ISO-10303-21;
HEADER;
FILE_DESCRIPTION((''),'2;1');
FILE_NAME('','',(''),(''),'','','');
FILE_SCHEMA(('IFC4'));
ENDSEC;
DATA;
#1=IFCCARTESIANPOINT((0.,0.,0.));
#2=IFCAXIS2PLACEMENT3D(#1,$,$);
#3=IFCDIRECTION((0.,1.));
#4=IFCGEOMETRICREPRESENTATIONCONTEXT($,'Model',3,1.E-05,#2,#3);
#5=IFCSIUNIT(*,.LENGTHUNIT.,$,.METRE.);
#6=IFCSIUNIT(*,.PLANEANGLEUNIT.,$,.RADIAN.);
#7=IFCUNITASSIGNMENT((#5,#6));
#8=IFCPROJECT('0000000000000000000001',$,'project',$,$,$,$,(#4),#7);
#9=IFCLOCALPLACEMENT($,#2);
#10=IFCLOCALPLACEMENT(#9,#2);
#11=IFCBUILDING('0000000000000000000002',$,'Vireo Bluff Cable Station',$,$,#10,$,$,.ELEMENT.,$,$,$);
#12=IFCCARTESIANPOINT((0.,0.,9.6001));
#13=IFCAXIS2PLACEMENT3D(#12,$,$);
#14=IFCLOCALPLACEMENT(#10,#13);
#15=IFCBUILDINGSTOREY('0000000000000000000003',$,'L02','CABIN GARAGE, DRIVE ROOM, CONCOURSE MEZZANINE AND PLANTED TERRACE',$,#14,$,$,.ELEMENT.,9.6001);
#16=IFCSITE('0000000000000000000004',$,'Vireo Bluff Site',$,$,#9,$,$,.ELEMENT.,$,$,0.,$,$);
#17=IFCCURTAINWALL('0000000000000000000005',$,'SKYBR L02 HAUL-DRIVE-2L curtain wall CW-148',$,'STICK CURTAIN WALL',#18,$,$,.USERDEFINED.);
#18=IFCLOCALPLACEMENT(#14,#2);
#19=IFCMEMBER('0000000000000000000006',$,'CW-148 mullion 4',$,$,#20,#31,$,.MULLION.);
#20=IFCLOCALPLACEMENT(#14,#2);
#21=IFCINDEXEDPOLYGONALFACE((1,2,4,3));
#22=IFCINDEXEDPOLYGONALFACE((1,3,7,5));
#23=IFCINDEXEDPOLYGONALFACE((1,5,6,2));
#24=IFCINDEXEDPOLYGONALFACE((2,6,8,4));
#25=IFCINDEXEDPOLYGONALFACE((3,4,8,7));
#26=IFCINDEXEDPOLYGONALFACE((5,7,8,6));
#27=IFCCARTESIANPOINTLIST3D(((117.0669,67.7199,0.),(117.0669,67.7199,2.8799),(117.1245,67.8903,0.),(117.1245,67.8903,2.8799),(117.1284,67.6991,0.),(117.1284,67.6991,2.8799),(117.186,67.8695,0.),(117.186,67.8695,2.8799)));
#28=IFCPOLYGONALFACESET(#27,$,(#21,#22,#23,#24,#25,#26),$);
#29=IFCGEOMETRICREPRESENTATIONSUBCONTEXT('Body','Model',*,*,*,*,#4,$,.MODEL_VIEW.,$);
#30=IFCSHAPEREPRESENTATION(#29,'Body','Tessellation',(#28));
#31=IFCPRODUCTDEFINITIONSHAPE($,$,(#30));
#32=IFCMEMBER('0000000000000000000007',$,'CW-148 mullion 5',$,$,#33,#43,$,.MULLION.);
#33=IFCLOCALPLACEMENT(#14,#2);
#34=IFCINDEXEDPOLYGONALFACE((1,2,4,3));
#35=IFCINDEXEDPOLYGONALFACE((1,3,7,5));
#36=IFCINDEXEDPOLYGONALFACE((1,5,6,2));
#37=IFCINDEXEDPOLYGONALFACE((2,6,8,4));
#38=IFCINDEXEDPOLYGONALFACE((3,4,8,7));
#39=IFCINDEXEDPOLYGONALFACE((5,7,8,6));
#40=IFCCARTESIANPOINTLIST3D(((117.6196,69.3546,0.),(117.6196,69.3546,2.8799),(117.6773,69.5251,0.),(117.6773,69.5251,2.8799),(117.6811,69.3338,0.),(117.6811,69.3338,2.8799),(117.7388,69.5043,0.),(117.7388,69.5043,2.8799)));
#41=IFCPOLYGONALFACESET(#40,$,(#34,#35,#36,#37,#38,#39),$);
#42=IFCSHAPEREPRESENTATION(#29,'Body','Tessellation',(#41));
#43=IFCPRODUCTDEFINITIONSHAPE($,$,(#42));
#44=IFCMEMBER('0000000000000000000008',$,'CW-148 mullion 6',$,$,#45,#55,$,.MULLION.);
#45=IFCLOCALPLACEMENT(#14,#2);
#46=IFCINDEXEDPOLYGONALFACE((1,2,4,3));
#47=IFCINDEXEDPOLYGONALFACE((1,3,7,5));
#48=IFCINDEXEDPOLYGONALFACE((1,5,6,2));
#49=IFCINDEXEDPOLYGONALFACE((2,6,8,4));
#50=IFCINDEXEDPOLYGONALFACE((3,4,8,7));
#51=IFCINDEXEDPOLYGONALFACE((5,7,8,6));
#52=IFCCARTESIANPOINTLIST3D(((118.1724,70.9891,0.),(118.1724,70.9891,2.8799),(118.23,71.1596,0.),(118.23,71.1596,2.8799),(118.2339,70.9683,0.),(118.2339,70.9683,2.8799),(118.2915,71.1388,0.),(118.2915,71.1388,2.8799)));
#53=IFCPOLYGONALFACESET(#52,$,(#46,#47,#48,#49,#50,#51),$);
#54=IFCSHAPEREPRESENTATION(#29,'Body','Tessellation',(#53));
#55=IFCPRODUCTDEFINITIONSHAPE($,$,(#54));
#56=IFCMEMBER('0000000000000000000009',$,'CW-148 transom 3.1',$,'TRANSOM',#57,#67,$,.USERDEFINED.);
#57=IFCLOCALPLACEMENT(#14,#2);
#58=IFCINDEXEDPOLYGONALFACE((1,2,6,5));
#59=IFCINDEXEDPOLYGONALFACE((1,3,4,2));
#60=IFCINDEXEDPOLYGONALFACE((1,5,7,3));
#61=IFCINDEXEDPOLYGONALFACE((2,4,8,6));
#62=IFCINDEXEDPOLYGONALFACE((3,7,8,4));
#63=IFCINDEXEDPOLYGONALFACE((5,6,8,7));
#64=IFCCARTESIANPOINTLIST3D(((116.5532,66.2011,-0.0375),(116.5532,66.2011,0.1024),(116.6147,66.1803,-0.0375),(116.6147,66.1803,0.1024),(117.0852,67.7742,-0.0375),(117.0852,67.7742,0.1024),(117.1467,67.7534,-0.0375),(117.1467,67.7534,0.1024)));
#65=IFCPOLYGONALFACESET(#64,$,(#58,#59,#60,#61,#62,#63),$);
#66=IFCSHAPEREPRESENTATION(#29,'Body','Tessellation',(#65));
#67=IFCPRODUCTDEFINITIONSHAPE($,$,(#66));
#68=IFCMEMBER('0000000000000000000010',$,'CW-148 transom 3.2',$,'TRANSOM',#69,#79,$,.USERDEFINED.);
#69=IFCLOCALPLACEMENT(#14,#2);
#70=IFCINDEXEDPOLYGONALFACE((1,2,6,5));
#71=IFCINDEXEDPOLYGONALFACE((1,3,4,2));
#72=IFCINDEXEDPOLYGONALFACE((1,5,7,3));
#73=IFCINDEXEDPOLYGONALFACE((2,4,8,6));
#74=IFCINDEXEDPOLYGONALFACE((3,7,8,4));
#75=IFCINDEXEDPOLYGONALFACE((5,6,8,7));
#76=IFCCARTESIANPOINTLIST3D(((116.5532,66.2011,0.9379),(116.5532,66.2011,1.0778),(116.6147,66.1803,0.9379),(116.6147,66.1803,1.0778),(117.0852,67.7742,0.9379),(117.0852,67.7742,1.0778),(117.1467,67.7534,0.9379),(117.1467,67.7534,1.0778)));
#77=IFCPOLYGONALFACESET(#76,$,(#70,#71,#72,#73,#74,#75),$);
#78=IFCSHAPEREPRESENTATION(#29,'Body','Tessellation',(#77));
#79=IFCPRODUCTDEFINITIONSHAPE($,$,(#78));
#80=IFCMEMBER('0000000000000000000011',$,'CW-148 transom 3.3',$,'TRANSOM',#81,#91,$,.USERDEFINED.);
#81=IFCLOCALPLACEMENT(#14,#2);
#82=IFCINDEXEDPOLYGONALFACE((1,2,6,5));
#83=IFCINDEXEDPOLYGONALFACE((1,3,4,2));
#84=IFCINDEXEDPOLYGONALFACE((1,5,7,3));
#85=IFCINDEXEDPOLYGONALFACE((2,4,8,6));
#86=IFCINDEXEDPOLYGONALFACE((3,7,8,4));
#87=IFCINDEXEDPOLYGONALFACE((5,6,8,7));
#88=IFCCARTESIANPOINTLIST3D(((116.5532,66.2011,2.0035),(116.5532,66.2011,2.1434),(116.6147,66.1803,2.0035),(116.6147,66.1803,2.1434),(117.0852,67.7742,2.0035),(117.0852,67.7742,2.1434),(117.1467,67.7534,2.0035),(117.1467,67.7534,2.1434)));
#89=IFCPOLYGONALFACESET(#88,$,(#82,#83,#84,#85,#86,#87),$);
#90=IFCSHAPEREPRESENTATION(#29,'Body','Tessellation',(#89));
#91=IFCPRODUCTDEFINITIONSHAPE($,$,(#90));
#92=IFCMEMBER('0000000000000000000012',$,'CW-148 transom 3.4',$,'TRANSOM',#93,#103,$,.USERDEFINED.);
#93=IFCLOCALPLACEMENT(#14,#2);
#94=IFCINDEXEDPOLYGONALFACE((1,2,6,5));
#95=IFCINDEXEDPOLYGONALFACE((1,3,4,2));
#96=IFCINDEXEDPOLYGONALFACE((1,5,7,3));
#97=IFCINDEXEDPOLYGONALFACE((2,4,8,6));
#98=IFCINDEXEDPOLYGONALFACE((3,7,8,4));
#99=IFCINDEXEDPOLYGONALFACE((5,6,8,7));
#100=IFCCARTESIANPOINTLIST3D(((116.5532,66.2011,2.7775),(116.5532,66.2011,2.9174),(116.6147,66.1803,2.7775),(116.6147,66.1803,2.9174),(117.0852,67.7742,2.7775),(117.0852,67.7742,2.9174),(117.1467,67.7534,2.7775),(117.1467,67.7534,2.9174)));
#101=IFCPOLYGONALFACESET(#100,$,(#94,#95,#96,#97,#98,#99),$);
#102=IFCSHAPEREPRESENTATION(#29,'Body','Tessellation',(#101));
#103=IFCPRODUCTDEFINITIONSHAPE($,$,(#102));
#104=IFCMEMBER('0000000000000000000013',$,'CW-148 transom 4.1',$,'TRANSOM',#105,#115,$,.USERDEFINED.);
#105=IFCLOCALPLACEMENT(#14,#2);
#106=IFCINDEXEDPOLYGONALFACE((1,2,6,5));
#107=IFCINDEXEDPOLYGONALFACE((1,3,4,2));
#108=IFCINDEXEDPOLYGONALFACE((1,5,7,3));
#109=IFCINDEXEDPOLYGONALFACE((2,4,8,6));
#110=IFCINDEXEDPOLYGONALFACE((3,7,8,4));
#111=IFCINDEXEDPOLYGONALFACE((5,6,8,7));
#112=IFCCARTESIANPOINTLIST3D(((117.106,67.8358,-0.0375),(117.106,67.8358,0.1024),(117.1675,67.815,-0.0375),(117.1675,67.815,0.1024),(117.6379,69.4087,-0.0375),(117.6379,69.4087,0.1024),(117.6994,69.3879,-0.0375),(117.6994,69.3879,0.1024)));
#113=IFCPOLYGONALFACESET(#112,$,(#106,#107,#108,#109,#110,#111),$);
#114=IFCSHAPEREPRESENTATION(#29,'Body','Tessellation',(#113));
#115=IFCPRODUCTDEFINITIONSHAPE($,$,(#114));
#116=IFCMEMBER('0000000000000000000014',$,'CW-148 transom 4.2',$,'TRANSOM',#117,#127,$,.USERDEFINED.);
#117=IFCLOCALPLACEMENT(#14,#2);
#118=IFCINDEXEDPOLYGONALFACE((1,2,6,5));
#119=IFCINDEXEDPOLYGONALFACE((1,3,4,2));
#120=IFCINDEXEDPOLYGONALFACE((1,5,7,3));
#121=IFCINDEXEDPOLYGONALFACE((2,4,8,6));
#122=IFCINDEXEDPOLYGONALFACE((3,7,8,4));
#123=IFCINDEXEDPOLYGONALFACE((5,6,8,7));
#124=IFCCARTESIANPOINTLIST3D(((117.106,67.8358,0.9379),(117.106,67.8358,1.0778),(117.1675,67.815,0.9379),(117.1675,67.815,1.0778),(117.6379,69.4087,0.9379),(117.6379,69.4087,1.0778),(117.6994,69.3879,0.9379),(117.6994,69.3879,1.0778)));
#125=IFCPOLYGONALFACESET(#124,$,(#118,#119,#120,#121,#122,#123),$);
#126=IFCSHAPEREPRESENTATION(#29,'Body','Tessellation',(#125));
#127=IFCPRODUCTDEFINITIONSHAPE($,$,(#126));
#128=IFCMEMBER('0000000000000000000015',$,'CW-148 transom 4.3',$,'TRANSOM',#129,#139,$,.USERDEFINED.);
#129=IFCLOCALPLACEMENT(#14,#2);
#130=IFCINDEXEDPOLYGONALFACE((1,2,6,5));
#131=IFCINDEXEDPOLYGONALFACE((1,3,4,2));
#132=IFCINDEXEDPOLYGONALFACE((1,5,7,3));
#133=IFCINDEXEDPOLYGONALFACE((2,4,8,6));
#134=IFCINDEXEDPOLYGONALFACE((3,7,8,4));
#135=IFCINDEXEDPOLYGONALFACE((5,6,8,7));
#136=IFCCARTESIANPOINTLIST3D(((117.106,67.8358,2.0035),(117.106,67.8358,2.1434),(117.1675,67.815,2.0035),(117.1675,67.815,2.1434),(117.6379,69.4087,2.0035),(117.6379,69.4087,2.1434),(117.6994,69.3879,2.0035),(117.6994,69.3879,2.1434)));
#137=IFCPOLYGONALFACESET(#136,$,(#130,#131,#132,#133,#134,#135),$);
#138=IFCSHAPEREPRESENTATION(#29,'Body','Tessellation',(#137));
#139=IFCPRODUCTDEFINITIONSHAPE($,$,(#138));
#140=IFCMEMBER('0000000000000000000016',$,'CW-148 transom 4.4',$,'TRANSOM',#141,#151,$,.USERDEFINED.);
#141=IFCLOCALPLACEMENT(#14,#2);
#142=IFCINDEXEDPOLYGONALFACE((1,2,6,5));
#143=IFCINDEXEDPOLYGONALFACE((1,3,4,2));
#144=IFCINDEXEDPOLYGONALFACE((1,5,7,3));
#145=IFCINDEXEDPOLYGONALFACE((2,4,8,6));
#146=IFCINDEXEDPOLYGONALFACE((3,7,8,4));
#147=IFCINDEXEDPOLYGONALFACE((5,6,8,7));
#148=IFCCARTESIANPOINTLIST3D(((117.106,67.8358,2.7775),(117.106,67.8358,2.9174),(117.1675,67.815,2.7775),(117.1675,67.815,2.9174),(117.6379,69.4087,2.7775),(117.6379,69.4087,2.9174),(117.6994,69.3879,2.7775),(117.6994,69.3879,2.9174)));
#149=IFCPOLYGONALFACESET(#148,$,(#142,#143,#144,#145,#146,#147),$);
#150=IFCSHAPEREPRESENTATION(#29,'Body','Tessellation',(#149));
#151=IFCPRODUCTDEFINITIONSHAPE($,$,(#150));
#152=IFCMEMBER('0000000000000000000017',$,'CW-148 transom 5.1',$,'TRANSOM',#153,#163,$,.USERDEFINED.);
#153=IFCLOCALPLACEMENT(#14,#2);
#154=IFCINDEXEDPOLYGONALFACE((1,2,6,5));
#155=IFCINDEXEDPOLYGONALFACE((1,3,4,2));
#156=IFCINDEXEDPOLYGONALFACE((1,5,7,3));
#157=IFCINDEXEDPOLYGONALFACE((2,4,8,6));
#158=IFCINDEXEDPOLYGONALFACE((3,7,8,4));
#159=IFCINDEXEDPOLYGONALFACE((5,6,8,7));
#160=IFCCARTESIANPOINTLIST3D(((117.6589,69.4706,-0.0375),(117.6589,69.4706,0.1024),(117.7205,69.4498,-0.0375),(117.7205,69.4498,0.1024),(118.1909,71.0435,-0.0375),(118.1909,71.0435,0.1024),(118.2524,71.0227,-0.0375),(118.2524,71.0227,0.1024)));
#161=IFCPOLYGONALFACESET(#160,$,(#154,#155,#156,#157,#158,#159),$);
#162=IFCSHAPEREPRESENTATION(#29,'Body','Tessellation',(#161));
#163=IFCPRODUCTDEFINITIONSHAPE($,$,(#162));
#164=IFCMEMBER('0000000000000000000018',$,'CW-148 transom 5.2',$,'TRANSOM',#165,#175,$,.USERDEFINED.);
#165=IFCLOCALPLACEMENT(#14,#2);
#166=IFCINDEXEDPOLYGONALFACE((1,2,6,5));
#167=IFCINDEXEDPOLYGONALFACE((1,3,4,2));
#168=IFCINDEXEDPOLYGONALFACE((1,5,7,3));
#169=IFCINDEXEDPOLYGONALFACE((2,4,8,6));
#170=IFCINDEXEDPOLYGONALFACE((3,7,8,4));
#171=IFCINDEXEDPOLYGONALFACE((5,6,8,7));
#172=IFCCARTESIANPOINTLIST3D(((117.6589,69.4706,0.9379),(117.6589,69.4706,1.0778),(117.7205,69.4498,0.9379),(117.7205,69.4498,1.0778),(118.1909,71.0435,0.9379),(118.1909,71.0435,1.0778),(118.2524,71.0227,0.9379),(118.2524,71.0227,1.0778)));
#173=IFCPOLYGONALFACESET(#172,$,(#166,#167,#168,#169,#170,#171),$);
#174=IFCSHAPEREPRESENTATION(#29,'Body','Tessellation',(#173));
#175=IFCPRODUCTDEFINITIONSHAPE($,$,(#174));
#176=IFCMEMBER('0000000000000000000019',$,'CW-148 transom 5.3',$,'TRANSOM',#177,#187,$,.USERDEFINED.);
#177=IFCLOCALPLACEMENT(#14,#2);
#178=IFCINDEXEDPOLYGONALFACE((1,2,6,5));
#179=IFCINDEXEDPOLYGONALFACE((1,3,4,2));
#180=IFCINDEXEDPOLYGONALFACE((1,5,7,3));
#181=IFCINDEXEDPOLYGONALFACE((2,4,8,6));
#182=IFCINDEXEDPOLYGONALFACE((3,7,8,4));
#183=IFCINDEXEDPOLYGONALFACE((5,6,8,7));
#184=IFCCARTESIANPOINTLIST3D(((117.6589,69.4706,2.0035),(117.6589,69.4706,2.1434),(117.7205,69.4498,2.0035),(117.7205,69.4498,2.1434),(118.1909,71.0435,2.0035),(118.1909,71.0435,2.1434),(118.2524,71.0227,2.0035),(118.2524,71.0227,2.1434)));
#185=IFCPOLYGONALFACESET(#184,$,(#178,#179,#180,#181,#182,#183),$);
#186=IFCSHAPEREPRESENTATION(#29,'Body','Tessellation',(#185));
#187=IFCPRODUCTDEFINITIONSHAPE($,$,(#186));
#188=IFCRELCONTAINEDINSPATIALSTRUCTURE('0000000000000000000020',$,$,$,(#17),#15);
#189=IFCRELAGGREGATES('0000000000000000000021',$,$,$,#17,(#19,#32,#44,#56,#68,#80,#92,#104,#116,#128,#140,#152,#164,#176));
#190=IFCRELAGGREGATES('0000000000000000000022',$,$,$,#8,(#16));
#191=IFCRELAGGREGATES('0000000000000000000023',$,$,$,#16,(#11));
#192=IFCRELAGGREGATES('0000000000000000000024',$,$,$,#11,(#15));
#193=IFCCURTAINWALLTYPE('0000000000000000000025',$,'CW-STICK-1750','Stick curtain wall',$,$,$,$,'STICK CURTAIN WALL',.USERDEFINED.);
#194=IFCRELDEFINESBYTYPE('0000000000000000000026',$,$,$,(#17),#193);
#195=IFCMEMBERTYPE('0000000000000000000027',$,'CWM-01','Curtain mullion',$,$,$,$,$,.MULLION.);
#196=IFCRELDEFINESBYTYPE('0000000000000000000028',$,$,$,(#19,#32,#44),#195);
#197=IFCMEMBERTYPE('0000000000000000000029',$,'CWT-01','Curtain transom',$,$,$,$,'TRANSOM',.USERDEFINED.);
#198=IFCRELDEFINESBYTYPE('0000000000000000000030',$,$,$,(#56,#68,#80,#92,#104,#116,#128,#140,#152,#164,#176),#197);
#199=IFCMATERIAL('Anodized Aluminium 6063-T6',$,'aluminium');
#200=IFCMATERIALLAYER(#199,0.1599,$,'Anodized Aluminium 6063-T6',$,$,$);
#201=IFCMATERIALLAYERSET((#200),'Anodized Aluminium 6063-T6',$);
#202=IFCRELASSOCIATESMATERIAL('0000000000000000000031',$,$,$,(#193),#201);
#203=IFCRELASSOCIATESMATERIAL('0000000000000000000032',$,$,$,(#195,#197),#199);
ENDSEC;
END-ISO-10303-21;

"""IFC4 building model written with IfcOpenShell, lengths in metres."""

from ifc_helpers import new_model, si_unit, direction, frame, origin, origin_2d, place, context, subcontext, project, spatial, rectangle, extrude, material, layer, layer_set, material_profile, profile_set, type_object, element, aggregate, save


model = new_model("IFC4")

# Units and contexts
model_context = context("Model", 3, precision=1e-05, world=origin(), true_north=direction((0.0, 1.0)))
body_context = subcontext(model_context, "Body", "Model", "MODEL_VIEW")
ifc_project = project(units=[si_unit("LENGTHUNIT", "METRE"), si_unit("PLANEANGLEUNIT", "RADIAN")], contexts=[model_context])

# Site, building, storey
site_placement = place(None, origin())
site = spatial("IfcSite", under=ifc_project, at=site_placement, Name="Vireo Bluff Site", CompositionType="ELEMENT", RefElevation=0.0)
building_placement = place(site_placement, origin())
building = spatial("IfcBuilding", under=site, at=building_placement, Name="Vireo Bluff Cable Station", CompositionType="ELEMENT")
storey_placement = place(building_placement, frame((0.0, 0.0, 9.6001)))
storey = spatial("IfcBuildingStorey", under=building, at=storey_placement, Name="L02", Description="CABIN GARAGE, DRIVE ROOM, CONCOURSE MEZZANINE AND PLANTED TERRACE", CompositionType="ELEMENT", Elevation=9.6001)

# Curtain wall, members
ifc_material_1 = material(Name="Anodized Aluminium 6063-T6", Category="aluminium")
ifc_layer_1 = layer(ifc_material_1, 0.1599, Name="Anodized Aluminium 6063-T6")
ifc_layer_set_1 = layer_set([ifc_layer_1], Name="Anodized Aluminium 6063-T6")
curtain_wall_type = type_object("IfcCurtainWallType", Name="CW-STICK-1750", Description="Stick curtain wall", ElementType="STICK CURTAIN WALL", PredefinedType="USERDEFINED", material=ifc_layer_set_1)
curtain_wall_placement = place(storey_placement, origin())
curtain_wall = element("IfcCurtainWall", 1, at=curtain_wall_placement, inside=storey, type_object=curtain_wall_type, Name="SKYBR L02 HAUL-DRIVE-2L curtain wall CW-148", ObjectType="STICK CURTAIN WALL", PredefinedType="USERDEFINED")
ifc_material_profile_1 = material_profile(ifc_material_1, rectangle(XDim=0.0649, YDim=0.1799, at=origin_2d()), Name="ALU-M-65X180")
ifc_profile_set_1 = profile_set([ifc_material_profile_1], Name="Anodized Aluminium 6063-T6")
member_type_1 = type_object("IfcMemberType", Name="CWM-01", Description="Curtain mullion", PredefinedType="MULLION", material=ifc_profile_set_1)
member_1_placement = place(storey_placement, frame((117.1265, 67.7947, 0.0), z_axis=(0.0, 0.0, 1.0), x_axis=(-0.947295, 0.320362, 0.0)))
member_1 = element("IfcMember", 2, at=member_1_placement, type_object=member_type_1, Name="CW-148 mullion 4", PredefinedType="MULLION", context=body_context, shape_type="SweptSolid", body=[
    extrude(rectangle(XDim=0.0649, YDim=0.1799, at=origin_2d()), origin(), (0.0, 0.0, 1.0), 2.8799),
])
member_2_placement = place(storey_placement, frame((117.6792, 69.4294, 0.0), z_axis=(0.0, 0.0, 1.0), x_axis=(-0.947295, 0.320362, 0.0)))
member_2 = element("IfcMember", 3, at=member_2_placement, type_object=member_type_1, Name="CW-148 mullion 5", PredefinedType="MULLION", context=body_context, shape_type="SweptSolid", body=[
    extrude(rectangle(XDim=0.0649, YDim=0.1799, at=origin_2d()), origin(), (0.0, 0.0, 1.0), 2.8799),
])
member_3_placement = place(storey_placement, frame((118.2319, 71.064, 0.0), z_axis=(0.0, 0.0, 1.0), x_axis=(-0.947295, 0.320362, 0.0)))
member_3 = element("IfcMember", 4, at=member_3_placement, type_object=member_type_1, Name="CW-148 mullion 6", PredefinedType="MULLION", context=body_context, shape_type="SweptSolid", body=[
    extrude(rectangle(XDim=0.0649, YDim=0.1799, at=origin_2d()), origin(), (0.0, 0.0, 1.0), 2.8799),
])
ifc_material_profile_2 = material_profile(ifc_material_1, rectangle(XDim=0.0649, YDim=0.1399, at=origin_2d()), Name="ALU-T-65X140")
ifc_profile_set_2 = profile_set([ifc_material_profile_2], Name="Anodized Aluminium 6063-T6")
member_type_2 = type_object("IfcMemberType", Name="CWT-01", Description="Curtain transom", ElementType="TRANSOM", PredefinedType="USERDEFINED", material=ifc_profile_set_2)
member_4_placement = place(storey_placement, frame((116.584, 66.1907, 0.0325), z_axis=(0.320326, 0.947307, 0.0), x_axis=(-0.947307, 0.320326, 0.0)))
member_4 = element("IfcMember", 5, at=member_4_placement, type_object=member_type_2, Name="CW-148 transom 3.1", ObjectType="TRANSOM", PredefinedType="USERDEFINED", context=body_context, shape_type="SweptSolid", body=[
    extrude(rectangle(XDim=0.0649, YDim=0.1399, at=origin_2d()), origin(), (0.0, 0.0, 1.0), 1.6606),
])
member_5_placement = place(storey_placement, frame((116.584, 66.1907, 1.0078), z_axis=(0.320326, 0.947307, 0.0), x_axis=(-0.947307, 0.320326, 0.0)))
member_5 = element("IfcMember", 6, at=member_5_placement, type_object=member_type_2, Name="CW-148 transom 3.2", ObjectType="TRANSOM", PredefinedType="USERDEFINED", context=body_context, shape_type="SweptSolid", body=[
    extrude(rectangle(XDim=0.0649, YDim=0.1399, at=origin_2d()), origin(), (0.0, 0.0, 1.0), 1.6606),
])
member_6_placement = place(storey_placement, frame((116.584, 66.1907, 2.0735), z_axis=(0.320326, 0.947307, 0.0), x_axis=(-0.947307, 0.320326, 0.0)))
member_6 = element("IfcMember", 7, at=member_6_placement, type_object=member_type_2, Name="CW-148 transom 3.3", ObjectType="TRANSOM", PredefinedType="USERDEFINED", context=body_context, shape_type="SweptSolid", body=[
    extrude(rectangle(XDim=0.0649, YDim=0.1399, at=origin_2d()), origin(), (0.0, 0.0, 1.0), 1.6606),
])
member_7_placement = place(storey_placement, frame((116.584, 66.1907, 2.8474), z_axis=(0.320326, 0.947307, 0.0), x_axis=(-0.947307, 0.320326, 0.0)))
member_7 = element("IfcMember", 8, at=member_7_placement, type_object=member_type_2, Name="CW-148 transom 3.4", ObjectType="TRANSOM", PredefinedType="USERDEFINED", context=body_context, shape_type="SweptSolid", body=[
    extrude(rectangle(XDim=0.0649, YDim=0.1399, at=origin_2d()), origin(), (0.0, 0.0, 1.0), 1.6606),
])
member_8_placement = place(storey_placement, frame((117.1367, 67.8254, 0.0325), z_axis=(0.320371, 0.947292, 0.0), x_axis=(-0.947292, 0.320371, 0.0)))
member_8 = element("IfcMember", 9, at=member_8_placement, type_object=member_type_2, Name="CW-148 transom 4.1", ObjectType="TRANSOM", PredefinedType="USERDEFINED", context=body_context, shape_type="SweptSolid", body=[
    extrude(rectangle(XDim=0.0649, YDim=0.1399, at=origin_2d()), origin(), (0.0, 0.0, 1.0), 1.6604),
])
member_9_placement = place(storey_placement, frame((117.1367, 67.8254, 1.0078), z_axis=(0.320371, 0.947292, 0.0), x_axis=(-0.947292, 0.320371, 0.0)))
member_9 = element("IfcMember", 10, at=member_9_placement, type_object=member_type_2, Name="CW-148 transom 4.2", ObjectType="TRANSOM", PredefinedType="USERDEFINED", context=body_context, shape_type="SweptSolid", body=[
    extrude(rectangle(XDim=0.0649, YDim=0.1399, at=origin_2d()), origin(), (0.0, 0.0, 1.0), 1.6604),
])
member_10_placement = place(storey_placement, frame((117.1367, 67.8254, 2.0735), z_axis=(0.320371, 0.947292, 0.0), x_axis=(-0.947292, 0.320371, 0.0)))
member_10 = element("IfcMember", 11, at=member_10_placement, type_object=member_type_2, Name="CW-148 transom 4.3", ObjectType="TRANSOM", PredefinedType="USERDEFINED", context=body_context, shape_type="SweptSolid", body=[
    extrude(rectangle(XDim=0.0649, YDim=0.1399, at=origin_2d()), origin(), (0.0, 0.0, 1.0), 1.6604),
])
member_11_placement = place(storey_placement, frame((117.1367, 67.8254, 2.8474), z_axis=(0.320371, 0.947292, 0.0), x_axis=(-0.947292, 0.320371, 0.0)))
member_11 = element("IfcMember", 12, at=member_11_placement, type_object=member_type_2, Name="CW-148 transom 4.4", ObjectType="TRANSOM", PredefinedType="USERDEFINED", context=body_context, shape_type="SweptSolid", body=[
    extrude(rectangle(XDim=0.0649, YDim=0.1399, at=origin_2d()), origin(), (0.0, 0.0, 1.0), 1.6604),
])
member_12_placement = place(storey_placement, frame((117.6897, 69.4602, 0.0325), z_axis=(0.320371, 0.947292, 0.0), x_axis=(-0.947292, 0.320371, 0.0)))
member_12 = element("IfcMember", 13, at=member_12_placement, type_object=member_type_2, Name="CW-148 transom 5.1", ObjectType="TRANSOM", PredefinedType="USERDEFINED", context=body_context, shape_type="SweptSolid", body=[
    extrude(rectangle(XDim=0.0649, YDim=0.1399, at=origin_2d()), origin(), (0.0, 0.0, 1.0), 1.6604),
])
member_13_placement = place(storey_placement, frame((117.6897, 69.4602, 1.0078), z_axis=(0.320371, 0.947292, 0.0), x_axis=(-0.947292, 0.320371, 0.0)))
member_13 = element("IfcMember", 14, at=member_13_placement, type_object=member_type_2, Name="CW-148 transom 5.2", ObjectType="TRANSOM", PredefinedType="USERDEFINED", context=body_context, shape_type="SweptSolid", body=[
    extrude(rectangle(XDim=0.0649, YDim=0.1399, at=origin_2d()), origin(), (0.0, 0.0, 1.0), 1.6604),
])
member_14_placement = place(storey_placement, frame((117.6897, 69.4602, 2.0735), z_axis=(0.320371, 0.947292, 0.0), x_axis=(-0.947292, 0.320371, 0.0)))
member_14 = element("IfcMember", 15, at=member_14_placement, type_object=member_type_2, Name="CW-148 transom 5.3", ObjectType="TRANSOM", PredefinedType="USERDEFINED", context=body_context, shape_type="SweptSolid", body=[
    extrude(rectangle(XDim=0.0649, YDim=0.1399, at=origin_2d()), origin(), (0.0, 0.0, 1.0), 1.6604),
])
aggregate(curtain_wall, [member_1, member_2, member_3, member_4, member_5, member_6, member_7, member_8, member_9, member_10, member_11, member_12, member_13, member_14])

save(model, "model.ifc")
